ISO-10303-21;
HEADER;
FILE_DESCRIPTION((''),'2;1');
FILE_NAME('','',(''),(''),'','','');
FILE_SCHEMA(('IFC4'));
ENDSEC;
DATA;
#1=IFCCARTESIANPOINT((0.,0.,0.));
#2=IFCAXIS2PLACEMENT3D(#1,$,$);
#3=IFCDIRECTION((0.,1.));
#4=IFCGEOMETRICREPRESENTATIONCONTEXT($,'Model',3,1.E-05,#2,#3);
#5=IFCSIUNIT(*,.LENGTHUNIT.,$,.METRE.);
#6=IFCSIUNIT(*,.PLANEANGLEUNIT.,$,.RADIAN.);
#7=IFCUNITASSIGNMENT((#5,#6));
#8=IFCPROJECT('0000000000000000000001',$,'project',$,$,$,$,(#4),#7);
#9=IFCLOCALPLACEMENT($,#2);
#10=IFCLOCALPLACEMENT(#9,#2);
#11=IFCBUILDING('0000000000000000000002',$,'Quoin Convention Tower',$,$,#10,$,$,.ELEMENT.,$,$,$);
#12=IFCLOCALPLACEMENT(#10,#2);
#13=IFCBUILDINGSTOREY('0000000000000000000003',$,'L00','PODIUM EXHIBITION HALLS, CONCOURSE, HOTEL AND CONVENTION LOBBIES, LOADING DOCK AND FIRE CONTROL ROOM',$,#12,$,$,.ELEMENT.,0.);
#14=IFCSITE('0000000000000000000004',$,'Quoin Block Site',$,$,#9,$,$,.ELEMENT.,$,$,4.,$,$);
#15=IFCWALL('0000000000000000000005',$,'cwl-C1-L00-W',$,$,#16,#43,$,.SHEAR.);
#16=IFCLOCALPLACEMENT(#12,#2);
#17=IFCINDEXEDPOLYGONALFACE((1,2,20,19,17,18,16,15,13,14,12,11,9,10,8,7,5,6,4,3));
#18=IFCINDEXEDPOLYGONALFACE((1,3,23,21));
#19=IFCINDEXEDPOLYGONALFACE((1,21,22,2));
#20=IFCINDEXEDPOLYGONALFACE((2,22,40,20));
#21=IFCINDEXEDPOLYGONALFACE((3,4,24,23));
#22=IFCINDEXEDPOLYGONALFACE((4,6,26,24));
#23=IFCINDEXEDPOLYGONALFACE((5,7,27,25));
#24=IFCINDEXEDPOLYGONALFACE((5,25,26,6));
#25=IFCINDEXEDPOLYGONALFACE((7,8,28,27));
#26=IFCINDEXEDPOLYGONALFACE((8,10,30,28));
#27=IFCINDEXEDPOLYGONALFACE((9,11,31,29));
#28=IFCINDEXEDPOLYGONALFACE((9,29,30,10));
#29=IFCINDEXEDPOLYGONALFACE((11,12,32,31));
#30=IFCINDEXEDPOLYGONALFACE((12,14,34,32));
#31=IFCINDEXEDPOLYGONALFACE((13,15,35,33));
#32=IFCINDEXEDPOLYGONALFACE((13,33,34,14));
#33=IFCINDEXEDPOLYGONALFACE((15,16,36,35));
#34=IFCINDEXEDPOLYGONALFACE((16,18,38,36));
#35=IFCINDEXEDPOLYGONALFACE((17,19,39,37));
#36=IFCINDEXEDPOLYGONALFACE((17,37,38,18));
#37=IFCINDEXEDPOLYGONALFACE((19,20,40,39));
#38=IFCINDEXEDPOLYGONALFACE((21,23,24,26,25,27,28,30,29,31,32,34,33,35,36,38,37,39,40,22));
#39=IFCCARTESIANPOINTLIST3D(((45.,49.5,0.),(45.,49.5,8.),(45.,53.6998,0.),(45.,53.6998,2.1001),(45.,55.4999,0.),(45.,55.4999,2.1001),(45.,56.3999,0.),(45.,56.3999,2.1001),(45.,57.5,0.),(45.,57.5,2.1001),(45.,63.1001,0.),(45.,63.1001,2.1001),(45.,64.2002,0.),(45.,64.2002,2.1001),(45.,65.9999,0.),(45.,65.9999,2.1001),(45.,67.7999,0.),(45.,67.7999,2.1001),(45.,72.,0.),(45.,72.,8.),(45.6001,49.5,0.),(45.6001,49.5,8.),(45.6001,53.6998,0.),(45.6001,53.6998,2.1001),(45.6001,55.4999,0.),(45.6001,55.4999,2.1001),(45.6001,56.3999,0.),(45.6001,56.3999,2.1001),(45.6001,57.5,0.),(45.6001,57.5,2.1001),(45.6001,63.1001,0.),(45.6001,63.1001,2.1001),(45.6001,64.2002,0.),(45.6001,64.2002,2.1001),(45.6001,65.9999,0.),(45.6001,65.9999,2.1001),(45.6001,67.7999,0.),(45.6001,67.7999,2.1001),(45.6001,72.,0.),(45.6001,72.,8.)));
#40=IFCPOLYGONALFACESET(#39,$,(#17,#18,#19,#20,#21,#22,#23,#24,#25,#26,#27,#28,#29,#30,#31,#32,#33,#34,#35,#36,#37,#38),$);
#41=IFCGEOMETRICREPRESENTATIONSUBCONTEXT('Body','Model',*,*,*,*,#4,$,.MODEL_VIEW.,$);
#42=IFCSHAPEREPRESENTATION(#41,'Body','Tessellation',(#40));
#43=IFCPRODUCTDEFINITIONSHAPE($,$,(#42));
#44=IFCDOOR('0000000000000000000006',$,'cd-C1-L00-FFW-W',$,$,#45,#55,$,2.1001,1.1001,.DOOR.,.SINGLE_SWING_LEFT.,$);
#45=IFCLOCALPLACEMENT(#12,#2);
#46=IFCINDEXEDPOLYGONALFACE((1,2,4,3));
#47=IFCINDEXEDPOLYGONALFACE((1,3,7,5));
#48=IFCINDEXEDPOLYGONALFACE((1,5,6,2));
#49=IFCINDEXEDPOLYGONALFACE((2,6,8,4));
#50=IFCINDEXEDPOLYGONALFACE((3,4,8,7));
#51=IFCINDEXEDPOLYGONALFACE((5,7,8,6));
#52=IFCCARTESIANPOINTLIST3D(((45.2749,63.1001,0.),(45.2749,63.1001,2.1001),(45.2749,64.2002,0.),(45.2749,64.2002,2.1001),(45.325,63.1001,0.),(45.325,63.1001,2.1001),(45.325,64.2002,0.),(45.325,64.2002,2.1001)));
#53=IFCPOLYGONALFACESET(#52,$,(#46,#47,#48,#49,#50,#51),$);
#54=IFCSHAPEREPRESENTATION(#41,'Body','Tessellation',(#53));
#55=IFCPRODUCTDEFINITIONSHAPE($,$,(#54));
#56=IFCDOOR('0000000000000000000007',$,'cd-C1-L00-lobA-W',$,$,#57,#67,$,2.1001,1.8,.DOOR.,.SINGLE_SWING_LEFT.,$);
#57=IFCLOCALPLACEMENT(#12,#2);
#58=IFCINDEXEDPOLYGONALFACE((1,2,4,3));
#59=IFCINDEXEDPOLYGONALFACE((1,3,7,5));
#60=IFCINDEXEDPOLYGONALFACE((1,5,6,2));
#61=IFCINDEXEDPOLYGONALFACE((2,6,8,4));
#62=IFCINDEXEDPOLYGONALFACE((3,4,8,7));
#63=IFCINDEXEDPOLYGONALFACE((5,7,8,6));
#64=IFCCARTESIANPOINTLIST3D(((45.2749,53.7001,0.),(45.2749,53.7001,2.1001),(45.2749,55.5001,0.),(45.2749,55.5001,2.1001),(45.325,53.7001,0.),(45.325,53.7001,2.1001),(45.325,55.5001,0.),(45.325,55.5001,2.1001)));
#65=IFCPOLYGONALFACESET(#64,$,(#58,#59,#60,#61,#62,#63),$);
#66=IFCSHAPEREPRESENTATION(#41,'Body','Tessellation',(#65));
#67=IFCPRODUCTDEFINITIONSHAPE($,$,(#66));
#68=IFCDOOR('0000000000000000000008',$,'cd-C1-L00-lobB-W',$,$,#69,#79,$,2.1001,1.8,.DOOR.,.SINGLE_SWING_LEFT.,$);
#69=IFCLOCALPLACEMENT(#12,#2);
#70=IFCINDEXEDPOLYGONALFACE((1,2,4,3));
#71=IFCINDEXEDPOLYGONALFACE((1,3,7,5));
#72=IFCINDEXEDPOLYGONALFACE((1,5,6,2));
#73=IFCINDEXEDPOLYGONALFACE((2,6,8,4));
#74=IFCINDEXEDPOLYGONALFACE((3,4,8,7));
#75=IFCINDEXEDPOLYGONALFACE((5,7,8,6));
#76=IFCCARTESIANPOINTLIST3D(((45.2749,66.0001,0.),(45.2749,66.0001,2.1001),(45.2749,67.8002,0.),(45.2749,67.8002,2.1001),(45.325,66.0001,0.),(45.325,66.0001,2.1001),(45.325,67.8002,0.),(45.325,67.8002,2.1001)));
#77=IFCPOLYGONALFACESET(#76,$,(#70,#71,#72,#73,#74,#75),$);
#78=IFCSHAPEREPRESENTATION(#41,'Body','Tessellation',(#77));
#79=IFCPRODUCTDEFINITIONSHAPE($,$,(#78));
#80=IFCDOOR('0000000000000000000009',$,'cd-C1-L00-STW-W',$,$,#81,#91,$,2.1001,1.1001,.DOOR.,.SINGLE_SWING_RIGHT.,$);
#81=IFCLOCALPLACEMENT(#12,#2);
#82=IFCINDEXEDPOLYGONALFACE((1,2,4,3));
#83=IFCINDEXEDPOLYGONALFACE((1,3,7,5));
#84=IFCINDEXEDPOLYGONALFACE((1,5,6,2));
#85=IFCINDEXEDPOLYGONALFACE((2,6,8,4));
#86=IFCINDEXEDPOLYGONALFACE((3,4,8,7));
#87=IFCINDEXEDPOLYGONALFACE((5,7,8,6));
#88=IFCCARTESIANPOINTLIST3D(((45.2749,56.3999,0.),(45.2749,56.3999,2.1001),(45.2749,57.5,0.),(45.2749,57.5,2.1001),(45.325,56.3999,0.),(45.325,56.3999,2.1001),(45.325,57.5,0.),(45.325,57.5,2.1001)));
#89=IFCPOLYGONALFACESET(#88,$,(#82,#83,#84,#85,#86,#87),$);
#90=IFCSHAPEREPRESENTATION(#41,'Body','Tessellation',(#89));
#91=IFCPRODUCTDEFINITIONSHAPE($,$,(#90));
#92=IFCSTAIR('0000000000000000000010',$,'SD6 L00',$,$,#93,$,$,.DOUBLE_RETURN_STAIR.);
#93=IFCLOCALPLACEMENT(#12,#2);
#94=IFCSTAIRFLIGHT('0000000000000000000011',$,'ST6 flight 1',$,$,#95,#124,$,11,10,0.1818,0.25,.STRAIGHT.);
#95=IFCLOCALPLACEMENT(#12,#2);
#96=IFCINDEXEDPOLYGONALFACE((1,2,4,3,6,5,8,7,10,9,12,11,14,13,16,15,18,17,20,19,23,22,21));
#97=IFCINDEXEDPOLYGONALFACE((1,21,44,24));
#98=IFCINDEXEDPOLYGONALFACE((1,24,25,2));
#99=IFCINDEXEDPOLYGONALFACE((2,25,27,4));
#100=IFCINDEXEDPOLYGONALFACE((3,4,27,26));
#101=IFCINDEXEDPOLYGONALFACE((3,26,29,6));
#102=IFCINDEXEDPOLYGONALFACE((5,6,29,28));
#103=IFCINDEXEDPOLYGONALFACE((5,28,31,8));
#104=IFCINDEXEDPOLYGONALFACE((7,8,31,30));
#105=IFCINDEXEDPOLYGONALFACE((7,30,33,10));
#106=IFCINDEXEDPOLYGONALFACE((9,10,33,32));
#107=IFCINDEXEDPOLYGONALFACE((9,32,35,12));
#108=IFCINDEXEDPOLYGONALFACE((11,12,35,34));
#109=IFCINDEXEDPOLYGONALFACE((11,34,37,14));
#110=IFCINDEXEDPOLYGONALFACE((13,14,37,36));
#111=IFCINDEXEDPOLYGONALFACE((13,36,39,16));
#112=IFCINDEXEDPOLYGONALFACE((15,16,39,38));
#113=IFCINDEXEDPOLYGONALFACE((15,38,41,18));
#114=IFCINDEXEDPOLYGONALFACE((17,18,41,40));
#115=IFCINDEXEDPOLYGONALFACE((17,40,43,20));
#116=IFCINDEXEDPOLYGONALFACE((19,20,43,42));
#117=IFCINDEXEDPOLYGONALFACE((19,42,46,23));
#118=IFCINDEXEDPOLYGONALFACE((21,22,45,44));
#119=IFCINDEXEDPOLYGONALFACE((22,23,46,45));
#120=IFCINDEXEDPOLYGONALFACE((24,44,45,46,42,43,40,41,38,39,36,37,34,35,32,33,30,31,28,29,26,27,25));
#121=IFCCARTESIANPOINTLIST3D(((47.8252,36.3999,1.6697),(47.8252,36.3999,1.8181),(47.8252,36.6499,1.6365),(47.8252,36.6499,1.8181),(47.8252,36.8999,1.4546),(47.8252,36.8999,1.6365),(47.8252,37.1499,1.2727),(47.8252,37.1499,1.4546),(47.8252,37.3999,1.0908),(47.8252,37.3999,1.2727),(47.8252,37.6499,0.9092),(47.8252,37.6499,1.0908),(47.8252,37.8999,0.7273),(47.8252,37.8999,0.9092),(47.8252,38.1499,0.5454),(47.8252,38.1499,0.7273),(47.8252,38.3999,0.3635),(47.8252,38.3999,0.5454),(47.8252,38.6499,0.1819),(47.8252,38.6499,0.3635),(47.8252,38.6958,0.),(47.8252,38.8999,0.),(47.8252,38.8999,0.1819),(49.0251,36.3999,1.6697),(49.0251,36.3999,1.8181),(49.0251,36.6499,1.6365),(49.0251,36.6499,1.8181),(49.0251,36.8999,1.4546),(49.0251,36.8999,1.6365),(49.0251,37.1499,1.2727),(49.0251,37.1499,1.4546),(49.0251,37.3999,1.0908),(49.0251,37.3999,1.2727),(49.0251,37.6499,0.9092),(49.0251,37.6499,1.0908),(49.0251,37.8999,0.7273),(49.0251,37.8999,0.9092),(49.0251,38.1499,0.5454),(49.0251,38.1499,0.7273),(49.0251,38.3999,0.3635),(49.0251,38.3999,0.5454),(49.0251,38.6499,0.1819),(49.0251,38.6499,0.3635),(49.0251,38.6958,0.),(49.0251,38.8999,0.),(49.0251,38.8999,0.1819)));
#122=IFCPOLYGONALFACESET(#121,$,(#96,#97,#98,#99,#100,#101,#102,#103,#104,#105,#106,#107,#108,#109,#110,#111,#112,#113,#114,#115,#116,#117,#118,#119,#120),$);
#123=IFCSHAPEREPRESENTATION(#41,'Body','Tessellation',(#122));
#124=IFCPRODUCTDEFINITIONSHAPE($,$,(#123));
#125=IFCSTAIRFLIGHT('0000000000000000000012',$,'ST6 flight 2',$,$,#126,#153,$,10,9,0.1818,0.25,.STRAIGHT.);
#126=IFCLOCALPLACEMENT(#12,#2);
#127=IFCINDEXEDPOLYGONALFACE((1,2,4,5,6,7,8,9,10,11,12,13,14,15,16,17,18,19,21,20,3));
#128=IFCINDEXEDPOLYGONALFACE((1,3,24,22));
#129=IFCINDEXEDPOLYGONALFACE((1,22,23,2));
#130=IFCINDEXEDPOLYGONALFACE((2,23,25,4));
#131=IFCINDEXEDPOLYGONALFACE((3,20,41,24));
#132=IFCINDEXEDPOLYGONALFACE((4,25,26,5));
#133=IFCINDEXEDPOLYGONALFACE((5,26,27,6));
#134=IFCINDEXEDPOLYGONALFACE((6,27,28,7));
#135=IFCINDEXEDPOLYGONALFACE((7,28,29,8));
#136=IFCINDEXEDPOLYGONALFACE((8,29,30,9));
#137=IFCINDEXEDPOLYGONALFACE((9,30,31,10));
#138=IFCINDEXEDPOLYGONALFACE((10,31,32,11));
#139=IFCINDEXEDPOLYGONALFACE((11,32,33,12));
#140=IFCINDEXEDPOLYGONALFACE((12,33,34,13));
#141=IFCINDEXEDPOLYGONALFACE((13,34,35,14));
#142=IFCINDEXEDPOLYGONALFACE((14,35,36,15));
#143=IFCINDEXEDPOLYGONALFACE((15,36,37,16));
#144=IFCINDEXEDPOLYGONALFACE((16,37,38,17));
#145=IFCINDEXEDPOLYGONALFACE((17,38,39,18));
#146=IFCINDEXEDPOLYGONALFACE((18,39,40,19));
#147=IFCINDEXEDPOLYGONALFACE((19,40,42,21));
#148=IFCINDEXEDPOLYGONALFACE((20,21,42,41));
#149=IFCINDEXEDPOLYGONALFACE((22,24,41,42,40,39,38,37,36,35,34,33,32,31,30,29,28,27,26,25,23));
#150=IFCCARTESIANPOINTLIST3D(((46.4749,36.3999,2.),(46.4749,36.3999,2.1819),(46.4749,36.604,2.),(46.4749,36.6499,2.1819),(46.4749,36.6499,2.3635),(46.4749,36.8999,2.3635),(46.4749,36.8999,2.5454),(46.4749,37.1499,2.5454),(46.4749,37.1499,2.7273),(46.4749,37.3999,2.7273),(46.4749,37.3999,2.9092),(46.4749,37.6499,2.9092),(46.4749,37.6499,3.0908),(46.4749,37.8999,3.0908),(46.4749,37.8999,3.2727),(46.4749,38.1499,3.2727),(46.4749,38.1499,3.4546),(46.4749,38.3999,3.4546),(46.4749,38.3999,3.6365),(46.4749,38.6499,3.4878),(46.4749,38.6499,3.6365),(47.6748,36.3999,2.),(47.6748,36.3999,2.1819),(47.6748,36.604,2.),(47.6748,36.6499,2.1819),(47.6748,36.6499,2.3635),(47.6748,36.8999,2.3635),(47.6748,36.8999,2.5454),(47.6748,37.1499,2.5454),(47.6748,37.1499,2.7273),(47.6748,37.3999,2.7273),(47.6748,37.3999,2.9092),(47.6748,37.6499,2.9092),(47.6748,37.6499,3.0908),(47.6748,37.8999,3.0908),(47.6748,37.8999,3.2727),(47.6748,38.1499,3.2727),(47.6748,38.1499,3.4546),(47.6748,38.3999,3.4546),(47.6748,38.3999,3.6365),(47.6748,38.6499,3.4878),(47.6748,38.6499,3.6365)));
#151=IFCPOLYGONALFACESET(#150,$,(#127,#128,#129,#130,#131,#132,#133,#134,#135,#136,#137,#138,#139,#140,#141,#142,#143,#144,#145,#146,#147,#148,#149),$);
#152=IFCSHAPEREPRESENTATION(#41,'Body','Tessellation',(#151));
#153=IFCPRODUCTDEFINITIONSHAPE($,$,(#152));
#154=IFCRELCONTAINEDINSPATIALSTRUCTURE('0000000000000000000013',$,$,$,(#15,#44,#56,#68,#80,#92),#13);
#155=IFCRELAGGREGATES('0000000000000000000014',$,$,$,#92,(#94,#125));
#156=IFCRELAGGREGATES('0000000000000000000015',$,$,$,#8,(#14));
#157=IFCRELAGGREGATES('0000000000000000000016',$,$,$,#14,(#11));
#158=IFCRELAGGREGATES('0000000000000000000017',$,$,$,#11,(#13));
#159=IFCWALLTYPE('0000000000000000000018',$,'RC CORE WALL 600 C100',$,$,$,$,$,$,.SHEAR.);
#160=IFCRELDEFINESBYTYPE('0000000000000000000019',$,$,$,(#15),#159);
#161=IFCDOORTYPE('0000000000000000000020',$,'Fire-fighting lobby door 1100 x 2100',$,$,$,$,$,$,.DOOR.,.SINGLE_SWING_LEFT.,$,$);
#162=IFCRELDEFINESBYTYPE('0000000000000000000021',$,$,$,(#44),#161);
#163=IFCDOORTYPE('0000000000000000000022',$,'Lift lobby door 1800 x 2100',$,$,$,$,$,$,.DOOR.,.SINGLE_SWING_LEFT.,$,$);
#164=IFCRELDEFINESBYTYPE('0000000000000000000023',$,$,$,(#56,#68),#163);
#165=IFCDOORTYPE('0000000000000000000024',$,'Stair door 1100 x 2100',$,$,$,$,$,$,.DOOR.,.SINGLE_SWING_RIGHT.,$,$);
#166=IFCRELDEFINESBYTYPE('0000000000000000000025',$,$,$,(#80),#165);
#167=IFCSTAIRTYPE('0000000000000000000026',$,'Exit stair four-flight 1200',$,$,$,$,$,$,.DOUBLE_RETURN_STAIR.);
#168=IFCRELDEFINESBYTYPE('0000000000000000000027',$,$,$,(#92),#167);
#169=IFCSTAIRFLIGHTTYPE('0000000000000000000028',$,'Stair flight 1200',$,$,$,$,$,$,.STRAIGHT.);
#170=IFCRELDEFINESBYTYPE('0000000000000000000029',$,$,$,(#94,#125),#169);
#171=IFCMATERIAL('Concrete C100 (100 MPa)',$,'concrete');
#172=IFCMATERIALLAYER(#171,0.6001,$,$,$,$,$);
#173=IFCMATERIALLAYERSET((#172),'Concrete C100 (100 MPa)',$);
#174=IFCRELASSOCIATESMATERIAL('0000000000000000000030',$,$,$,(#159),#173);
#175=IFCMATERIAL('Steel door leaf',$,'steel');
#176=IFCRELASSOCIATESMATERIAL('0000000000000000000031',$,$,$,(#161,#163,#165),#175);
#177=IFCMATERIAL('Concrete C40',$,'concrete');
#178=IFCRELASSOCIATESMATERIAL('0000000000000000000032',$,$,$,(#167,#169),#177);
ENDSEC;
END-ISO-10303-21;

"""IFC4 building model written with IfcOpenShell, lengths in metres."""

from ifc_helpers import new_model, si_unit, direction, frame, frame_2d, origin, place, context, subcontext, project, spatial, polyline, rectangle, outline, extrude, material, layer, layer_set, type_object, element, fill, aggregate, save


model = new_model("IFC4")

# Units and contexts
model_context = context("Model", 3, precision=1e-05, world=origin(), true_north=direction((0.0, 1.0)))
body_context = subcontext(model_context, "Body", "Model", "MODEL_VIEW")
ifc_project = project(units=[si_unit("LENGTHUNIT", "METRE"), si_unit("PLANEANGLEUNIT", "RADIAN")], contexts=[model_context])

# Site, building, storey
site_placement = place(None, origin())
site = spatial("IfcSite", under=ifc_project, at=site_placement, Name="Quoin Block Site", CompositionType="ELEMENT", RefElevation=4.0)
building_placement = place(site_placement, origin())
building = spatial("IfcBuilding", under=site, at=building_placement, Name="Quoin Convention Tower", CompositionType="ELEMENT")
storey_placement = place(building_placement, origin())
storey = spatial("IfcBuildingStorey", under=building, at=storey_placement, Name="L00", Description="PODIUM EXHIBITION HALLS, CONCOURSE, HOTEL AND CONVENTION LOBBIES, LOADING DOCK AND FIRE CONTROL ROOM", CompositionType="ELEMENT", Elevation=0.0)

# Shared definitions
ifc_material_1 = material(Name="Concrete C100 (100 MPa)", Category="concrete")

# Shared definitions
ifc_layer_1 = layer(ifc_material_1, 0.6001)
ifc_layer_set_1 = layer_set([ifc_layer_1], Name="Concrete C100 (100 MPa)")
wall_type_1 = type_object("IfcWallType", Name="RC CORE WALL 600 C100", PredefinedType="SHEAR", material=ifc_layer_set_1)

# Wall, openings, doors
wall_1_placement = place(storey_placement, frame((45.3, 49.5, 0.0), z_axis=(0.0, 0.0, 1.0), x_axis=(0.0, 1.0, 0.0)))
wall_1 = element("IfcWall", 1, at=wall_1_placement, inside=storey, type_object=wall_type_1, Name="cwl-C1-L00-W", PredefinedType="SHEAR", context=body_context, shape_type="SweptSolid", body=[
    extrude(rectangle(XDim=22.5, YDim=0.6001, at=frame_2d((11.25, 0.0))), origin(), (0.0, 0.0, 1.0), 8.0),
])
opening_1_placement = place(wall_1_placement, frame((4.2, 0.0, 0.0)))
opening_1 = element("IfcOpeningElement", 2, at=opening_1_placement, cuts=wall_1, PredefinedType="OPENING", context=body_context, shape_type="SweptSolid", body=[
    extrude(rectangle(XDim=1.8, YDim=2.1001, at=frame_2d((0.8999, 1.05))), frame((0.0, 0.3101, 0.0), z_axis=(0.0, -1.0, 0.0), x_axis=(1.0, 0.0, 0.0)), (0.0, 0.0, 1.0), 0.6201),
])
opening_2_placement = place(wall_1_placement, frame((6.8999, 0.0, 0.0)))
opening_2 = element("IfcOpeningElement", 3, at=opening_2_placement, cuts=wall_1, PredefinedType="OPENING", context=body_context, shape_type="SweptSolid", body=[
    extrude(rectangle(XDim=1.1001, YDim=2.1001, at=frame_2d((0.55, 1.05))), frame((0.0, 0.3101, 0.0), z_axis=(0.0, -1.0, 0.0), x_axis=(1.0, 0.0, 0.0)), (0.0, 0.0, 1.0), 0.6201),
])
opening_3_placement = place(wall_1_placement, frame((13.6001, 0.0, 0.0)))
opening_3 = element("IfcOpeningElement", 4, at=opening_3_placement, cuts=wall_1, PredefinedType="OPENING", context=body_context, shape_type="SweptSolid", body=[
    extrude(rectangle(XDim=1.1001, YDim=2.1001, at=frame_2d((0.55, 1.05))), frame((0.0, 0.3101, 0.0), z_axis=(0.0, -1.0, 0.0), x_axis=(1.0, 0.0, 0.0)), (0.0, 0.0, 1.0), 0.6201),
])
opening_4_placement = place(wall_1_placement, frame((16.5, 0.0, 0.0)))
opening_4 = element("IfcOpeningElement", 5, at=opening_4_placement, cuts=wall_1, PredefinedType="OPENING", context=body_context, shape_type="SweptSolid", body=[
    extrude(rectangle(XDim=1.8, YDim=2.1001, at=frame_2d((0.8999, 1.05))), frame((0.0, 0.3101, 0.0), z_axis=(0.0, -1.0, 0.0), x_axis=(1.0, 0.0, 0.0)), (0.0, 0.0, 1.0), 0.6201),
])
ifc_material_2 = material(Name="Steel door leaf", Category="steel")
door_type_1 = type_object("IfcDoorType", Name="Fire-fighting lobby door 1100 x 2100", OperationType="SINGLE_SWING_LEFT", PredefinedType="DOOR", material=ifc_material_2)
door_1_placement = place(opening_3_placement, frame((1.1001, 0.0, 0.0), z_axis=(0.0, 0.0, 1.0), x_axis=(-1.0, 0.0, 0.0)))
door_1 = element("IfcDoor", 6, at=door_1_placement, inside=storey, type_object=door_type_1, Name="cd-C1-L00-FFW-W", OperationType="SINGLE_SWING_LEFT", OverallHeight=2.1001, OverallWidth=1.1001, PredefinedType="DOOR", context=body_context, shape_type="SweptSolid", body=[
    extrude(rectangle(XDim=1.1001, YDim=2.1001, at=frame_2d((0.55, 1.05))), frame((0.0, 0.0249, 0.0), z_axis=(0.0, -1.0, 0.0), x_axis=(1.0, 0.0, 0.0)), (0.0, 0.0, 1.0), 0.05),
])
fill(opening_3, door_1)
door_type_2 = type_object("IfcDoorType", Name="Lift lobby door 1800 x 2100", OperationType="SINGLE_SWING_LEFT", PredefinedType="DOOR", material=ifc_material_2)
door_2_placement = place(opening_1_placement, frame((1.8, 0.0, 0.0), z_axis=(0.0, 0.0, 1.0), x_axis=(-1.0, 0.0, 0.0)))
door_2 = element("IfcDoor", 7, at=door_2_placement, inside=storey, type_object=door_type_2, Name="cd-C1-L00-lobA-W", OperationType="SINGLE_SWING_LEFT", OverallHeight=2.1001, OverallWidth=1.8, PredefinedType="DOOR", context=body_context, shape_type="SweptSolid", body=[
    extrude(rectangle(XDim=1.8, YDim=2.1001, at=frame_2d((0.8999, 1.05))), frame((0.0, 0.0249, 0.0), z_axis=(0.0, -1.0, 0.0), x_axis=(1.0, 0.0, 0.0)), (0.0, 0.0, 1.0), 0.05),
])
fill(opening_1, door_2)
door_3_placement = place(opening_4_placement, frame((1.8, 0.0, 0.0), z_axis=(0.0, 0.0, 1.0), x_axis=(-1.0, 0.0, 0.0)))
door_3 = element("IfcDoor", 8, at=door_3_placement, inside=storey, type_object=door_type_2, Name="cd-C1-L00-lobB-W", OperationType="SINGLE_SWING_LEFT", OverallHeight=2.1001, OverallWidth=1.8, PredefinedType="DOOR", context=body_context, shape_type="SweptSolid", body=[
    extrude(rectangle(XDim=1.8, YDim=2.1001, at=frame_2d((0.8999, 1.05))), frame((0.0, 0.0249, 0.0), z_axis=(0.0, -1.0, 0.0), x_axis=(1.0, 0.0, 0.0)), (0.0, 0.0, 1.0), 0.05),
])
fill(opening_4, door_3)
door_type_3 = type_object("IfcDoorType", Name="Stair door 1100 x 2100", OperationType="SINGLE_SWING_RIGHT", PredefinedType="DOOR", material=ifc_material_2)
door_4_placement = place(opening_2_placement, frame((1.1001, 0.0, 0.0), z_axis=(0.0, 0.0, 1.0), x_axis=(-1.0, 0.0, 0.0)))
door_4 = element("IfcDoor", 9, at=door_4_placement, inside=storey, type_object=door_type_3, Name="cd-C1-L00-STW-W", OperationType="SINGLE_SWING_RIGHT", OverallHeight=2.1001, OverallWidth=1.1001, PredefinedType="DOOR", context=body_context, shape_type="SweptSolid", body=[
    extrude(rectangle(XDim=1.1001, YDim=2.1001, at=frame_2d((0.55, 1.05))), frame((0.0, 0.0249, 0.0), z_axis=(0.0, -1.0, 0.0), x_axis=(1.0, 0.0, 0.0)), (0.0, 0.0, 1.0), 0.05),
])
fill(opening_2, door_4)

# Stair, stair flights
ifc_material_3 = material(Name="Concrete C40", Category="concrete")
stair_type = type_object("IfcStairType", Name="Exit stair four-flight 1200", PredefinedType="DOUBLE_RETURN_STAIR", material=ifc_material_3)
stair_placement = place(storey_placement, origin())
stair = element("IfcStair", 10, at=stair_placement, inside=storey, type_object=stair_type, Name="SD6 L00", PredefinedType="DOUBLE_RETURN_STAIR")
stair_flight_type = type_object("IfcStairFlightType", Name="Stair flight 1200", PredefinedType="STRAIGHT", material=ifc_material_3)
stair_flight_1_placement = place(storey_placement, frame((48.425, 38.8999, 0.0), z_axis=(0.0, 0.0, 1.0), x_axis=(0.0, -1.0, 0.0)))
stair_flight_1 = element("IfcStairFlight", 11, at=stair_flight_1_placement, type_object=stair_flight_type, Name="ST6 flight 1", NumberOfRisers=11, NumberOfTreads=10, PredefinedType="STRAIGHT", RiserHeight=0.1818, TreadLength=0.25, context=body_context, shape_type="SweptSolid", body=[
    extrude(outline(polyline([(0.0, 0.0), (0.0, 0.1819), (0.25, 0.1819), (0.25, 0.3635), (0.5, 0.3635), (0.5, 0.5454), (0.75, 0.5454), (0.75, 0.7273), (1.0, 0.7273), (1.0, 0.9092), (1.25, 0.9092), (1.25, 1.0908), (1.5, 1.0908), (1.5, 1.2727), (1.75, 1.2727), (1.75, 1.4546), (2.0, 1.4546), (2.0, 1.6365), (2.25, 1.6365), (2.25, 1.8181), (2.5, 1.8181), (2.5, 2.0), (2.5, 1.6697), (0.2041, 0.0), (0.0, 0.0)])), frame((0.0, 0.6001, 0.0), z_axis=(0.0, -1.0, 0.0), x_axis=(1.0, 0.0, 0.0)), (0.0, 0.0, 1.0), 1.2),
])
stair_flight_2_placement = place(storey_placement, frame((47.075, 36.3999, 2.0), z_axis=(0.0, 0.0, 1.0), x_axis=(0.0, 1.0, 0.0)))
stair_flight_2 = element("IfcStairFlight", 12, at=stair_flight_2_placement, type_object=stair_flight_type, Name="ST6 flight 2", NumberOfRisers=10, NumberOfTreads=9, PredefinedType="STRAIGHT", RiserHeight=0.1818, TreadLength=0.25, context=body_context, shape_type="SweptSolid", body=[
    extrude(outline(polyline([(0.0, 0.0), (0.0, 0.1819), (0.25, 0.1819), (0.25, 0.3635), (0.5, 0.3635), (0.5, 0.5454), (0.75, 0.5454), (0.75, 0.7273), (1.0, 0.7273), (1.0, 0.9092), (1.25, 0.9092), (1.25, 1.0908), (1.5, 1.0908), (1.5, 1.2727), (1.75, 1.2727), (1.75, 1.4546), (2.0, 1.4546), (2.0, 1.6365), (2.25, 1.6365), (2.25, 1.8181), (2.25, 1.4878), (0.2041, 0.0), (0.0, 0.0)])), frame((0.0, 0.6001, 0.0), z_axis=(0.0, -1.0, 0.0), x_axis=(1.0, 0.0, 0.0)), (0.0, 0.0, 1.0), 1.2),
])
aggregate(stair, [stair_flight_1, stair_flight_2])

save(model, "model.ifc")
